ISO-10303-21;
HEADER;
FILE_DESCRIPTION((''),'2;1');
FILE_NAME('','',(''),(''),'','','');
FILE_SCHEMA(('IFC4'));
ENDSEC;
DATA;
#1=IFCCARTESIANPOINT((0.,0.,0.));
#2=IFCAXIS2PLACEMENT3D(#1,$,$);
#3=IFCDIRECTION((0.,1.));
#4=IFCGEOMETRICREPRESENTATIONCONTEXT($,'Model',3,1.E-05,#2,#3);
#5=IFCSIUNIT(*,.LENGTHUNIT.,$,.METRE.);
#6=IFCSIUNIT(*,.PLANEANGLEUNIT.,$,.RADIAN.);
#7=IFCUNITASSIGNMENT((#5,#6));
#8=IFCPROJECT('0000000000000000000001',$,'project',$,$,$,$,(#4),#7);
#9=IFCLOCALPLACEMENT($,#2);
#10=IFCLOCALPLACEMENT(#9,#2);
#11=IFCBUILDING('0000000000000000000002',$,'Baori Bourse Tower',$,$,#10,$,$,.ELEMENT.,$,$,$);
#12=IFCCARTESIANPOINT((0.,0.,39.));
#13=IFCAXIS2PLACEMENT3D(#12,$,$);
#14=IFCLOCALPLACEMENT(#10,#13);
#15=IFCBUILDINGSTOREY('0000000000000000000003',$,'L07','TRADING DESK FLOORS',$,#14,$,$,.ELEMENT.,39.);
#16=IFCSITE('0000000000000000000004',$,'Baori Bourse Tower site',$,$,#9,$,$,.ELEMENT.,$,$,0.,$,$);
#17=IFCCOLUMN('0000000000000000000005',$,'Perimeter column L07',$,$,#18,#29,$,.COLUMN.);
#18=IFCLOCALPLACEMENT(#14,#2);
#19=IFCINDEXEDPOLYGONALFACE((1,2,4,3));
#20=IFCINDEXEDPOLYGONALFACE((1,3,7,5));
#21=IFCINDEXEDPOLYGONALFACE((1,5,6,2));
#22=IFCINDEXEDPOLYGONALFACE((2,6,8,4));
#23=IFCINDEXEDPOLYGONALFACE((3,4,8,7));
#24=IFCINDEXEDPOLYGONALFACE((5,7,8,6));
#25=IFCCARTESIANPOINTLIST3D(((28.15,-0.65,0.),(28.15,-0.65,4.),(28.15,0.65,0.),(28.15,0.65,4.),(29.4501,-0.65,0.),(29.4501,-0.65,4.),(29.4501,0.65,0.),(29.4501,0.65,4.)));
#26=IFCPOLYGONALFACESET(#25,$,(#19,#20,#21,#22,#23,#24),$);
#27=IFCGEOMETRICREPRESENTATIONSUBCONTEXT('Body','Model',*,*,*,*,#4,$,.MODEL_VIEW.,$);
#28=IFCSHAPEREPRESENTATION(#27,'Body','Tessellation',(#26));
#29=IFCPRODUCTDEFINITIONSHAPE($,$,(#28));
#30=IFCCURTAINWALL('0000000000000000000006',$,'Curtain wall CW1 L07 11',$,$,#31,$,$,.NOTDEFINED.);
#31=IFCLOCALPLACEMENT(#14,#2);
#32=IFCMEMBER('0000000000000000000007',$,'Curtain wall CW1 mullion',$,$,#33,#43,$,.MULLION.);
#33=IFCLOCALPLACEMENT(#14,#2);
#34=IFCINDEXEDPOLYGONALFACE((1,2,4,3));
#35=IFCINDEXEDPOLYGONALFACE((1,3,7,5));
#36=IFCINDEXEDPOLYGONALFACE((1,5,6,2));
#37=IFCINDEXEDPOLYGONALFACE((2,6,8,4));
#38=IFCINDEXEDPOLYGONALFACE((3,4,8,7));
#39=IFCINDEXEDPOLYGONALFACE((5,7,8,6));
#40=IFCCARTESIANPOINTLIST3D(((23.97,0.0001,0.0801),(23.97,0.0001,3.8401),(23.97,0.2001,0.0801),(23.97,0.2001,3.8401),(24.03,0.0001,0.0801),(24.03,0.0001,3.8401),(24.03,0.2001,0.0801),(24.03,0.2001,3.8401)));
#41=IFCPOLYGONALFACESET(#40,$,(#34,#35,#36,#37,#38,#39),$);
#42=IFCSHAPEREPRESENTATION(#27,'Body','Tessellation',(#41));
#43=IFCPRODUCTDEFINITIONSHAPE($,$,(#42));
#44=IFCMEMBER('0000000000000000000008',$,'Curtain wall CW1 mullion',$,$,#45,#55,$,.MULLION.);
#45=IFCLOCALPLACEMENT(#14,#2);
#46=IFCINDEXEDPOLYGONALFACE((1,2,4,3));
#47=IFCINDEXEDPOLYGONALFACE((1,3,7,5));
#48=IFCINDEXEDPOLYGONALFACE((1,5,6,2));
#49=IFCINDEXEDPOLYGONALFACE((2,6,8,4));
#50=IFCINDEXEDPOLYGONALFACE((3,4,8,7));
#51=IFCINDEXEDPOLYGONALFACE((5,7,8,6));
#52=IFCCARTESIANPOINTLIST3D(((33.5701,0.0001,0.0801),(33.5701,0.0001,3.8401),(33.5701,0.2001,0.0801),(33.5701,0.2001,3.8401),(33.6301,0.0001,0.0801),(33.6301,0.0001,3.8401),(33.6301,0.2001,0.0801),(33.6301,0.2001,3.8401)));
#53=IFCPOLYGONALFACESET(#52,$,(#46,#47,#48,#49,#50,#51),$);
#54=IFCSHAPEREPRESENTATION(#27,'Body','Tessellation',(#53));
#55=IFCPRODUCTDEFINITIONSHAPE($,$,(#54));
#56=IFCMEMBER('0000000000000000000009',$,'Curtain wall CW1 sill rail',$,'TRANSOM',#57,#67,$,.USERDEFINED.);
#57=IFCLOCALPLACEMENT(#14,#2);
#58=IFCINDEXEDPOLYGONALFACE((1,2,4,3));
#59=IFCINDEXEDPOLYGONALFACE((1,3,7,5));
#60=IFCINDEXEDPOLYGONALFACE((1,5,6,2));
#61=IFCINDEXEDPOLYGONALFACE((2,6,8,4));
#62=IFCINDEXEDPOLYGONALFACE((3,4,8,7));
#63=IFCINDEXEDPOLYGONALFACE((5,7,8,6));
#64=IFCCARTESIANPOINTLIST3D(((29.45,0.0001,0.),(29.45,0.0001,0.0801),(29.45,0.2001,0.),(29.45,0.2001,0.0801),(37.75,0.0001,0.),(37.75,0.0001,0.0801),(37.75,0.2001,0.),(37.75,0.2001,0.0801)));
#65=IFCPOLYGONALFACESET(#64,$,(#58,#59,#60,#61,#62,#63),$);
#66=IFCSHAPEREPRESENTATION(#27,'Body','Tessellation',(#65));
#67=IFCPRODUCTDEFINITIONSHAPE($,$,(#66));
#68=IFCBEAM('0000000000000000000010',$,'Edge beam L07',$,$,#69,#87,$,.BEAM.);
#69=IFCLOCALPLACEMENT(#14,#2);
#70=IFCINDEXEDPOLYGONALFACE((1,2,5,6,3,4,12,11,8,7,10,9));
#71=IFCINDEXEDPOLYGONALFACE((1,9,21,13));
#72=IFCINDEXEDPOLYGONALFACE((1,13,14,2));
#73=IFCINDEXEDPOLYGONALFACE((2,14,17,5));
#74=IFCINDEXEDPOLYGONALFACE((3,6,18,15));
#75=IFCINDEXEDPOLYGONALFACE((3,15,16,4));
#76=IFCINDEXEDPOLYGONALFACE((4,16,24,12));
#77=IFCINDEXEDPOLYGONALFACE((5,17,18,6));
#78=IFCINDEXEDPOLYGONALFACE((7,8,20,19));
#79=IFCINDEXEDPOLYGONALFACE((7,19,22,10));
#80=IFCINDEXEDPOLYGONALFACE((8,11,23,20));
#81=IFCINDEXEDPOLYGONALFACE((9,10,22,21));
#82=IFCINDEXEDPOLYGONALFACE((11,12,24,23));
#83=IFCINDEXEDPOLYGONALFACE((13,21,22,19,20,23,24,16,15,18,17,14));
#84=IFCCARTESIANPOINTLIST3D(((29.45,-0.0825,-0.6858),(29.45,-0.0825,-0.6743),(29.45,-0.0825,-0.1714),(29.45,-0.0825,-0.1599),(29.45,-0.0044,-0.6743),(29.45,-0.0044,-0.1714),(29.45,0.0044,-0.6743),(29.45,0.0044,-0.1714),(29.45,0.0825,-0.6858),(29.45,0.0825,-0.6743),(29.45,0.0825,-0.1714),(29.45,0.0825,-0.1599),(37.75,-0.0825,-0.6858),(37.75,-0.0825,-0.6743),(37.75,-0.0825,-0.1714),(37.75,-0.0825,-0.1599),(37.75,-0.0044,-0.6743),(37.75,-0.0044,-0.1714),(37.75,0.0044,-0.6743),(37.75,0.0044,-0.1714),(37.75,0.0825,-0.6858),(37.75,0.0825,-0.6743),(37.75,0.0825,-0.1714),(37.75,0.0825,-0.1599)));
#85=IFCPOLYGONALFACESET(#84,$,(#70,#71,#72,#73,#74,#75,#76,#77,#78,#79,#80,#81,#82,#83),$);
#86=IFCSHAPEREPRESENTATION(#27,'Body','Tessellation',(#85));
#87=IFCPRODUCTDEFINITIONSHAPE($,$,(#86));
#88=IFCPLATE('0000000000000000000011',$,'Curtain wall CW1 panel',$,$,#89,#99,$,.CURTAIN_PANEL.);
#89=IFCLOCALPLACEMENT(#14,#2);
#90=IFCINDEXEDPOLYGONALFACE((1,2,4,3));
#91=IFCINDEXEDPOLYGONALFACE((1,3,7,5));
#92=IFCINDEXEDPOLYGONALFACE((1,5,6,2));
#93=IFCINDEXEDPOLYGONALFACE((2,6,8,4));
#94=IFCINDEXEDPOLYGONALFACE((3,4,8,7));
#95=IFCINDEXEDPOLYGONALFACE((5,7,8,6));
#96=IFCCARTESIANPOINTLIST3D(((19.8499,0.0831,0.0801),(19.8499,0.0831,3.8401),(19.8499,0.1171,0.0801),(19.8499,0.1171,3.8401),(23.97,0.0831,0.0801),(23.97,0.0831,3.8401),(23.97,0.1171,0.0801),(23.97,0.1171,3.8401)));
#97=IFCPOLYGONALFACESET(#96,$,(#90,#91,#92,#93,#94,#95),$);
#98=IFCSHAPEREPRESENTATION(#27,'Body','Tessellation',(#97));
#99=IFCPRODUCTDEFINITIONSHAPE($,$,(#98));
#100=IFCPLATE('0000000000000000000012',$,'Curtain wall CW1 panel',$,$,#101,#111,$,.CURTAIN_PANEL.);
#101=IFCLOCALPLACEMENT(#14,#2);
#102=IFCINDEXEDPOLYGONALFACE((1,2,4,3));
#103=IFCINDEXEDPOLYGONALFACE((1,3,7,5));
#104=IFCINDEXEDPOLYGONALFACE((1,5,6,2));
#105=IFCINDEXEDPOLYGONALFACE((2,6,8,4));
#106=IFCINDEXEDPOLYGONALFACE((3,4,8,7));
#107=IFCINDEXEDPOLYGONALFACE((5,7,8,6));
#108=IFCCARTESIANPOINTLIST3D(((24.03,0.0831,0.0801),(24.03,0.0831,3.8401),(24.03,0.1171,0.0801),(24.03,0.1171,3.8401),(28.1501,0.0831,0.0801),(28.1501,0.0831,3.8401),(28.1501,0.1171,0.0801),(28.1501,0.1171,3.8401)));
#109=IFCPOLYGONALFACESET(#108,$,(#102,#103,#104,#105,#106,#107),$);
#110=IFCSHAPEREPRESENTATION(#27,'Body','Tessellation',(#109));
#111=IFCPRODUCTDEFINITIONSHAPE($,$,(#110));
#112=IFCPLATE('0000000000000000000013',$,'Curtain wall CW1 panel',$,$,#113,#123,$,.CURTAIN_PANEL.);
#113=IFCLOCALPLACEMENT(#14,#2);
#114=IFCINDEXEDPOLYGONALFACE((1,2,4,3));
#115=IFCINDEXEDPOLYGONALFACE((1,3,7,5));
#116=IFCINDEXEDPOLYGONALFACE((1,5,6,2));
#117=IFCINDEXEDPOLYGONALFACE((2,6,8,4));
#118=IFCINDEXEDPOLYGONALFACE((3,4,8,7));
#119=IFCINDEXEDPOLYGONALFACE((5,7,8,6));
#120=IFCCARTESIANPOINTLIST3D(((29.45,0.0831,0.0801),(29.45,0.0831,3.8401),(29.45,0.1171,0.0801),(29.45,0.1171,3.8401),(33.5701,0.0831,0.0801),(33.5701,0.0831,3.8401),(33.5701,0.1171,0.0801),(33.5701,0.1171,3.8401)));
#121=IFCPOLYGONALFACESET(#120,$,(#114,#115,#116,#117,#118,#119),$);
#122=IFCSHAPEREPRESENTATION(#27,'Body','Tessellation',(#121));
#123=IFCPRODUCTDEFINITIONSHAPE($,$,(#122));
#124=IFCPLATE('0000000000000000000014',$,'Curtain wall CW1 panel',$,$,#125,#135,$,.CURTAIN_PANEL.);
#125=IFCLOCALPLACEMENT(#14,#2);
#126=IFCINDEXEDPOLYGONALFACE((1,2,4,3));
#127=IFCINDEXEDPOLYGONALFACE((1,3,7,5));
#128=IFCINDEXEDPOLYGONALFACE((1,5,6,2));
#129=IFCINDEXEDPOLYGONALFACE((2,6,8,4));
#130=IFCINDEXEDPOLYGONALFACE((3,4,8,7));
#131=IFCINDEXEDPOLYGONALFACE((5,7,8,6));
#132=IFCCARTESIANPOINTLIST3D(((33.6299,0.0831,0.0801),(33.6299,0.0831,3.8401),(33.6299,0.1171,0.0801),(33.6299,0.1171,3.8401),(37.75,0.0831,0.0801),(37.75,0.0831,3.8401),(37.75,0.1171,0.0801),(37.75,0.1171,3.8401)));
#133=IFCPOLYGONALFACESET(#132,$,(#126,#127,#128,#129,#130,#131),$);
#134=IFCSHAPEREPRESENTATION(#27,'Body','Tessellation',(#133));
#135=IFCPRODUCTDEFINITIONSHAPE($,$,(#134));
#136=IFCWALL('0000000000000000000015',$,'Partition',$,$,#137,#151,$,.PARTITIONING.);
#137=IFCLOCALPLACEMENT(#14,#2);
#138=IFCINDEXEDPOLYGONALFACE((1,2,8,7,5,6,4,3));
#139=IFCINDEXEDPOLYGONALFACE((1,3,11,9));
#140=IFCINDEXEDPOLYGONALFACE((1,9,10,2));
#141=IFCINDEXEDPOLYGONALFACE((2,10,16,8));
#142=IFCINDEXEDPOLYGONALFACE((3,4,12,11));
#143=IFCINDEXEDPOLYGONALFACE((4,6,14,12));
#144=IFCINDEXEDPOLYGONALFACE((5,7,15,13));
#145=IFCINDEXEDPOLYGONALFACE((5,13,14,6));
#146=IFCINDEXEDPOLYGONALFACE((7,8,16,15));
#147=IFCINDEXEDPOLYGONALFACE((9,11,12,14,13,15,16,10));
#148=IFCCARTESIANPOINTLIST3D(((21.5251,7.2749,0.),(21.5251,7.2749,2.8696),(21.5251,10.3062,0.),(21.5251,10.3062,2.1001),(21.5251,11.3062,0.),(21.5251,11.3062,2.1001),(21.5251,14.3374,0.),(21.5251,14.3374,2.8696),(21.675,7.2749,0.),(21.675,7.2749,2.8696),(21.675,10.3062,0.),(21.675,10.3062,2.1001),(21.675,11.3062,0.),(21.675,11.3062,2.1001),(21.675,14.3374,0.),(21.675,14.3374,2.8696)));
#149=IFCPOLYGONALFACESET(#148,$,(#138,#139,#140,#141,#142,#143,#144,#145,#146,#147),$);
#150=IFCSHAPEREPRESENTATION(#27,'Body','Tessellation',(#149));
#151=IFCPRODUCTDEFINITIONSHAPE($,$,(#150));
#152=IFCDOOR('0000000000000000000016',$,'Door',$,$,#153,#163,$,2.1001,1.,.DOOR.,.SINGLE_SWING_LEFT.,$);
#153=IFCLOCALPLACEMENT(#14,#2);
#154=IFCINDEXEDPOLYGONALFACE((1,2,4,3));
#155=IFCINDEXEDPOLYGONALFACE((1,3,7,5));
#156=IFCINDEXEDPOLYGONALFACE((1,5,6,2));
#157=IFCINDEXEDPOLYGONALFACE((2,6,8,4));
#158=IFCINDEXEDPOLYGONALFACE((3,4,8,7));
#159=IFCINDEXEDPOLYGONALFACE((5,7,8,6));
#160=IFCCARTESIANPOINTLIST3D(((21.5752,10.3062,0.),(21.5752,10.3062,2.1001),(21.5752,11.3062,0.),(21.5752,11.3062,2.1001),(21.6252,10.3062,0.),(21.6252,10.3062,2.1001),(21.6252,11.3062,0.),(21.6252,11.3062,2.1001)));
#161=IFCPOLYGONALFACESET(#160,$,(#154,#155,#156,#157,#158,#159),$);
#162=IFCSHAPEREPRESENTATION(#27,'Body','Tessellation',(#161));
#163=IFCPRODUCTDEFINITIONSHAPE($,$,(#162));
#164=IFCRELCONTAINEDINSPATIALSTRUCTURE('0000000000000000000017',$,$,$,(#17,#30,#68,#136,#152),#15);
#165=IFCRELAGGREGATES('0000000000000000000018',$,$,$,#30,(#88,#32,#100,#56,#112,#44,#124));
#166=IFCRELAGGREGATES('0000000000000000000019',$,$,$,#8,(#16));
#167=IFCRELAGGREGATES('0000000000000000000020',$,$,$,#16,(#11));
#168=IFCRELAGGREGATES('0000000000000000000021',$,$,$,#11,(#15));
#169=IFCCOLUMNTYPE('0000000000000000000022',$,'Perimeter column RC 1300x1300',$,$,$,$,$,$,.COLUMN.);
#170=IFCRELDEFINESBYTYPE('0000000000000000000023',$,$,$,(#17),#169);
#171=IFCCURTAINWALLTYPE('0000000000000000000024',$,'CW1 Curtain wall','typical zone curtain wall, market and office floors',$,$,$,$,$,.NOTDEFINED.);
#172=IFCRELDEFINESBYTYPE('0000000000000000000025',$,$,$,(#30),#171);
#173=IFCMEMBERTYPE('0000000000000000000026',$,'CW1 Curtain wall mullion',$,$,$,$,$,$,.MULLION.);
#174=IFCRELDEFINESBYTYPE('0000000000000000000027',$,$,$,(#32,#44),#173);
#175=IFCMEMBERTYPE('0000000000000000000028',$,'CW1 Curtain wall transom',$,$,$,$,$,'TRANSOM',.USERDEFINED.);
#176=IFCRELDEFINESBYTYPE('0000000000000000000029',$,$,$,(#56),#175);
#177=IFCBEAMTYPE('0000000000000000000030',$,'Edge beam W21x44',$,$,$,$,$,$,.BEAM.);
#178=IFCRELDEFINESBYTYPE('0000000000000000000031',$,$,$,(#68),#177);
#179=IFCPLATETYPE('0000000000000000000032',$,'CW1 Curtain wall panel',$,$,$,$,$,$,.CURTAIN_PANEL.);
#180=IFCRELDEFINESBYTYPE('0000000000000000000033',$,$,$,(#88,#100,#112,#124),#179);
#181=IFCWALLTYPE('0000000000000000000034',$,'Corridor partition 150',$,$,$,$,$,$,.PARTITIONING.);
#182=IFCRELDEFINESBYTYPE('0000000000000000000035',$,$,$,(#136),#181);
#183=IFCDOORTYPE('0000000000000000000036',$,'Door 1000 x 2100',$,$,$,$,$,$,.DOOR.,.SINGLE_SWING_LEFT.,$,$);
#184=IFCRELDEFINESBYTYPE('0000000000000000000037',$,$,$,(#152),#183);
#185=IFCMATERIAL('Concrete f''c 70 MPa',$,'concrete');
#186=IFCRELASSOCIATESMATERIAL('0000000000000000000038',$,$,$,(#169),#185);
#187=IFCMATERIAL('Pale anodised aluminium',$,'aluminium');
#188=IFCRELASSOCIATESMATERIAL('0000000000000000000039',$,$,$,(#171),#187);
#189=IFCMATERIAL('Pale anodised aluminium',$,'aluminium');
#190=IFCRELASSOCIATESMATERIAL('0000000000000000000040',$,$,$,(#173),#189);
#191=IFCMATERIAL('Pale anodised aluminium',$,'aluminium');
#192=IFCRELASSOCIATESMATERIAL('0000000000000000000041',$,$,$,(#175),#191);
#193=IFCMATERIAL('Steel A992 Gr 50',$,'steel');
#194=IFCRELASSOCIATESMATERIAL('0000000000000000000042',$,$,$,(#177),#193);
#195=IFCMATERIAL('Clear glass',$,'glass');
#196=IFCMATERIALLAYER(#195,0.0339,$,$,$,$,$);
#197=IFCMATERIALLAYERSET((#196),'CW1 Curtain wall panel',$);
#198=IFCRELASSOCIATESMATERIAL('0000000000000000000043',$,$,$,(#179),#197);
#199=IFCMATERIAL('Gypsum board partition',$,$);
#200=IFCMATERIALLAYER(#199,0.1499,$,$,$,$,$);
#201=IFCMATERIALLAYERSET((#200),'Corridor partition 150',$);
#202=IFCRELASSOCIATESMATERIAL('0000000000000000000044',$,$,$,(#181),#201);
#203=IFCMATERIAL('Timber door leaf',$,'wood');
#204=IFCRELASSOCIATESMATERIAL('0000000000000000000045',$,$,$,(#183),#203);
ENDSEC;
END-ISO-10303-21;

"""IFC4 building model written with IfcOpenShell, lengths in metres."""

from ifc_helpers import new_model, si_unit, direction, frame, frame_2d, origin, origin_2d, place, context, subcontext, project, spatial, rectangle, i_section, extrude, material, layer, layer_set, material_profile, profile_set, type_object, element, fill, aggregate, save


model = new_model("IFC4")

# Units and contexts
model_context = context("Model", 3, precision=1e-05, world=origin(), true_north=direction((0.0, 1.0)))
body_context = subcontext(model_context, "Body", "Model", "MODEL_VIEW")
ifc_project = project(units=[si_unit("LENGTHUNIT", "METRE"), si_unit("PLANEANGLEUNIT", "RADIAN")], contexts=[model_context])

# Site, building, storey
site_placement = place(None, origin())
site = spatial("IfcSite", under=ifc_project, at=site_placement, Name="Baori Bourse Tower site", CompositionType="ELEMENT", RefElevation=0.0)
building_placement = place(site_placement, origin())
building = spatial("IfcBuilding", under=site, at=building_placement, Name="Baori Bourse Tower", CompositionType="ELEMENT")
storey_placement = place(building_placement, frame((0.0, 0.0, 39.0)))
storey = spatial("IfcBuildingStorey", under=building, at=storey_placement, Name="L07", Description="TRADING DESK FLOORS", CompositionType="ELEMENT", Elevation=39.0)

# Column
ifc_material_1 = material(Name="Concrete f'c 70 MPa", Category="concrete")
ifc_material_profile_1 = material_profile(ifc_material_1, rectangle(XDim=1.3, YDim=1.3, at=origin_2d()), Name="RC 1300x1300")
ifc_profile_set_1 = profile_set([ifc_material_profile_1], Name="Concrete f'c 70 MPa")
column_type = type_object("IfcColumnType", Name="Perimeter column RC 1300x1300", PredefinedType="COLUMN", material=ifc_profile_set_1)
column_placement = place(storey_placement, frame((28.8, 0.0, 0.0), z_axis=(0.0, 0.0, 1.0), x_axis=(1.0, 0.0, 0.0)))
element("IfcColumn", 1, at=column_placement, inside=storey, type_object=column_type, Name="Perimeter column L07", PredefinedType="COLUMN", context=body_context, shape_type="SweptSolid", body=[
    extrude(rectangle(XDim=1.3, YDim=1.3, at=origin_2d()), origin(), (0.0, 0.0, 1.0), 4.0),
])

# Curtain wall, members
ifc_material_2 = material(Name="Pale anodised aluminium", Category="aluminium")
curtain_wall_type = type_object("IfcCurtainWallType", Name="CW1 Curtain wall", Description="typical zone curtain wall, market and office floors", PredefinedType="NOTDEFINED", material=ifc_material_2)
curtain_wall_placement = place(storey_placement, origin())
curtain_wall = element("IfcCurtainWall", 2, at=curtain_wall_placement, inside=storey, type_object=curtain_wall_type, Name="Curtain wall CW1 L07 11", PredefinedType="NOTDEFINED")
ifc_material_3 = material(Name="Pale anodised aluminium", Category="aluminium")
ifc_material_profile_2 = material_profile(ifc_material_3, rectangle(XDim=0.2, YDim=0.0601, at=origin_2d()), Name="Mullion 60x200")
ifc_profile_set_2 = profile_set([ifc_material_profile_2], Name="Pale anodised aluminium")
member_type_1 = type_object("IfcMemberType", Name="CW1 Curtain wall mullion", PredefinedType="MULLION", material=ifc_profile_set_2)
member_1_placement = place(storey_placement, frame((24.0, 0.1001, 0.0801), z_axis=(0.0, 0.0, 1.0), x_axis=(0.0, 1.0, 0.0)))
member_1 = element("IfcMember", 3, at=member_1_placement, type_object=member_type_1, Name="Curtain wall CW1 mullion", PredefinedType="MULLION", context=body_context, shape_type="SweptSolid", body=[
    extrude(rectangle(XDim=0.2, YDim=0.0601, at=origin_2d()), origin(), (0.0, 0.0, 1.0), 3.76),
])
member_2_placement = place(storey_placement, frame((33.6001, 0.1001, 0.0801), z_axis=(0.0, 0.0, 1.0), x_axis=(0.0, 1.0, 0.0)))
member_2 = element("IfcMember", 4, at=member_2_placement, type_object=member_type_1, Name="Curtain wall CW1 mullion", PredefinedType="MULLION", context=body_context, shape_type="SweptSolid", body=[
    extrude(rectangle(XDim=0.2, YDim=0.0601, at=origin_2d()), origin(), (0.0, 0.0, 1.0), 3.76),
])
ifc_material_4 = material(Name="Pale anodised aluminium", Category="aluminium")
ifc_material_profile_3 = material_profile(ifc_material_4, rectangle(XDim=0.2, YDim=0.0801, at=origin_2d()), Name="Transom 80x200")
ifc_profile_set_3 = profile_set([ifc_material_profile_3], Name="Pale anodised aluminium")
member_type_2 = type_object("IfcMemberType", Name="CW1 Curtain wall transom", ElementType="TRANSOM", PredefinedType="USERDEFINED", material=ifc_profile_set_3)
member_3_placement = place(storey_placement, frame((29.45, 0.1001, 0.04), z_axis=(1.0, 0.0, 0.0), x_axis=(0.0, 1.0, 0.0)))
member_3 = element("IfcMember", 5, at=member_3_placement, type_object=member_type_2, Name="Curtain wall CW1 sill rail", ObjectType="TRANSOM", PredefinedType="USERDEFINED", context=body_context, shape_type="SweptSolid", body=[
    extrude(rectangle(XDim=0.2, YDim=0.0801, at=origin_2d()), origin(), (0.0, 0.0, 1.0), 8.3),
])

# Beam
ifc_material_5 = material(Name="Steel A992 Gr 50", Category="steel")
ifc_material_profile_4 = material_profile(ifc_material_5, i_section(OverallWidth=0.165, OverallDepth=0.5259, WebThickness=0.0088, FlangeThickness=0.0115, at=origin_2d()), Name="W21x44")
ifc_profile_set_4 = profile_set([ifc_material_profile_4], Name="Steel A992 Gr 50")
beam_type = type_object("IfcBeamType", Name="Edge beam W21x44", PredefinedType="BEAM", material=ifc_profile_set_4)
beam_placement = place(storey_placement, frame((29.45, 0.0, -0.4229), z_axis=(1.0, 0.0, 0.0), x_axis=(0.0, 1.0, 0.0)))
element("IfcBeam", 6, at=beam_placement, inside=storey, type_object=beam_type, Name="Edge beam L07", PredefinedType="BEAM", context=body_context, shape_type="SweptSolid", body=[
    extrude(i_section(OverallWidth=0.165, OverallDepth=0.5259, WebThickness=0.0088, FlangeThickness=0.0115, at=origin_2d()), origin(), (0.0, 0.0, 1.0), 8.3),
])

# Plates
ifc_material_6 = material(Name="Clear glass", Category="glass")
ifc_layer_1 = layer(ifc_material_6, 0.0339)
ifc_layer_set_1 = layer_set([ifc_layer_1], Name="CW1 Curtain wall panel")
plate_type = type_object("IfcPlateType", Name="CW1 Curtain wall panel", PredefinedType="CURTAIN_PANEL", material=ifc_layer_set_1)
plate_1_placement = place(storey_placement, frame((21.9099, 0.1001, 0.0801), z_axis=(0.0, 0.0, 1.0), x_axis=(1.0, 0.0, 0.0)))
plate_1 = element("IfcPlate", 7, at=plate_1_placement, type_object=plate_type, Name="Curtain wall CW1 panel", PredefinedType="CURTAIN_PANEL", context=body_context, shape_type="SweptSolid", body=[
    extrude(rectangle(XDim=4.1201, YDim=0.0339, at=origin_2d()), origin(), (0.0, 0.0, 1.0), 3.76),
])
plate_2_placement = place(storey_placement, frame((26.0901, 0.1001, 0.0801), z_axis=(0.0, 0.0, 1.0), x_axis=(1.0, 0.0, 0.0)))
plate_2 = element("IfcPlate", 8, at=plate_2_placement, type_object=plate_type, Name="Curtain wall CW1 panel", PredefinedType="CURTAIN_PANEL", context=body_context, shape_type="SweptSolid", body=[
    extrude(rectangle(XDim=4.1201, YDim=0.0339, at=origin_2d()), origin(), (0.0, 0.0, 1.0), 3.76),
])
plate_3_placement = place(storey_placement, frame((31.51, 0.1001, 0.0801), z_axis=(0.0, 0.0, 1.0), x_axis=(1.0, 0.0, 0.0)))
plate_3 = element("IfcPlate", 9, at=plate_3_placement, type_object=plate_type, Name="Curtain wall CW1 panel", PredefinedType="CURTAIN_PANEL", context=body_context, shape_type="SweptSolid", body=[
    extrude(rectangle(XDim=4.1201, YDim=0.0339, at=origin_2d()), origin(), (0.0, 0.0, 1.0), 3.76),
])
plate_4_placement = place(storey_placement, frame((35.6899, 0.1001, 0.0801), z_axis=(0.0, 0.0, 1.0), x_axis=(1.0, 0.0, 0.0)))
plate_4 = element("IfcPlate", 10, at=plate_4_placement, type_object=plate_type, Name="Curtain wall CW1 panel", PredefinedType="CURTAIN_PANEL", context=body_context, shape_type="SweptSolid", body=[
    extrude(rectangle(XDim=4.1201, YDim=0.0339, at=origin_2d()), origin(), (0.0, 0.0, 1.0), 3.76),
])
aggregate(curtain_wall, [plate_1, member_1, plate_2, member_3, plate_3, member_2, plate_4])

# Wall, opening, door
ifc_material_7 = material(Name="Gypsum board partition")
ifc_layer_2 = layer(ifc_material_7, 0.1499)
ifc_layer_set_2 = layer_set([ifc_layer_2], Name="Corridor partition 150")
wall_type_1 = type_object("IfcWallType", Name="Corridor partition 150", PredefinedType="PARTITIONING", material=ifc_layer_set_2)
wall_1_placement = place(storey_placement, frame((21.6001, 7.2749, 0.0), z_axis=(0.0, 0.0, 1.0), x_axis=(0.0, 1.0, 0.0)))
wall_1 = element("IfcWall", 11, at=wall_1_placement, inside=storey, type_object=wall_type_1, Name="Partition", PredefinedType="PARTITIONING", context=body_context, shape_type="SweptSolid", body=[
    extrude(rectangle(XDim=7.0625, YDim=0.1499, at=frame_2d((3.5312, 0.0))), origin(), (0.0, 0.0, 1.0), 2.8696),
])
opening_1_placement = place(wall_1_placement, frame((3.0312, 0.0, 0.0)))
opening_1 = element("IfcOpeningElement", 12, at=opening_1_placement, cuts=wall_1, PredefinedType="OPENING", context=body_context, shape_type="SweptSolid", body=[
    extrude(rectangle(XDim=1.0, YDim=2.1001, at=frame_2d((0.5, 1.05))), frame((0.0, 0.085, 0.0), z_axis=(0.0, -1.0, 0.0), x_axis=(1.0, 0.0, 0.0)), (0.0, 0.0, 1.0), 0.1699),
])
ifc_material_8 = material(Name="Timber door leaf", Category="wood")
door_type = type_object("IfcDoorType", Name="Door 1000 x 2100", OperationType="SINGLE_SWING_LEFT", PredefinedType="DOOR", material=ifc_material_8)
door_1_placement = place(opening_1_placement, origin())
door_1 = element("IfcDoor", 13, at=door_1_placement, inside=storey, type_object=door_type, Name="Door", OperationType="SINGLE_SWING_LEFT", OverallHeight=2.1001, OverallWidth=1.0, PredefinedType="DOOR", context=body_context, shape_type="SweptSolid", body=[
    extrude(rectangle(XDim=1.0, YDim=2.1001, at=frame_2d((0.5, 1.05))), frame((0.0, 0.0249, 0.0), z_axis=(0.0, -1.0, 0.0), x_axis=(1.0, 0.0, 0.0)), (0.0, 0.0, 1.0), 0.05),
])
fill(opening_1, door_1)

save(model, "model.ifc")
